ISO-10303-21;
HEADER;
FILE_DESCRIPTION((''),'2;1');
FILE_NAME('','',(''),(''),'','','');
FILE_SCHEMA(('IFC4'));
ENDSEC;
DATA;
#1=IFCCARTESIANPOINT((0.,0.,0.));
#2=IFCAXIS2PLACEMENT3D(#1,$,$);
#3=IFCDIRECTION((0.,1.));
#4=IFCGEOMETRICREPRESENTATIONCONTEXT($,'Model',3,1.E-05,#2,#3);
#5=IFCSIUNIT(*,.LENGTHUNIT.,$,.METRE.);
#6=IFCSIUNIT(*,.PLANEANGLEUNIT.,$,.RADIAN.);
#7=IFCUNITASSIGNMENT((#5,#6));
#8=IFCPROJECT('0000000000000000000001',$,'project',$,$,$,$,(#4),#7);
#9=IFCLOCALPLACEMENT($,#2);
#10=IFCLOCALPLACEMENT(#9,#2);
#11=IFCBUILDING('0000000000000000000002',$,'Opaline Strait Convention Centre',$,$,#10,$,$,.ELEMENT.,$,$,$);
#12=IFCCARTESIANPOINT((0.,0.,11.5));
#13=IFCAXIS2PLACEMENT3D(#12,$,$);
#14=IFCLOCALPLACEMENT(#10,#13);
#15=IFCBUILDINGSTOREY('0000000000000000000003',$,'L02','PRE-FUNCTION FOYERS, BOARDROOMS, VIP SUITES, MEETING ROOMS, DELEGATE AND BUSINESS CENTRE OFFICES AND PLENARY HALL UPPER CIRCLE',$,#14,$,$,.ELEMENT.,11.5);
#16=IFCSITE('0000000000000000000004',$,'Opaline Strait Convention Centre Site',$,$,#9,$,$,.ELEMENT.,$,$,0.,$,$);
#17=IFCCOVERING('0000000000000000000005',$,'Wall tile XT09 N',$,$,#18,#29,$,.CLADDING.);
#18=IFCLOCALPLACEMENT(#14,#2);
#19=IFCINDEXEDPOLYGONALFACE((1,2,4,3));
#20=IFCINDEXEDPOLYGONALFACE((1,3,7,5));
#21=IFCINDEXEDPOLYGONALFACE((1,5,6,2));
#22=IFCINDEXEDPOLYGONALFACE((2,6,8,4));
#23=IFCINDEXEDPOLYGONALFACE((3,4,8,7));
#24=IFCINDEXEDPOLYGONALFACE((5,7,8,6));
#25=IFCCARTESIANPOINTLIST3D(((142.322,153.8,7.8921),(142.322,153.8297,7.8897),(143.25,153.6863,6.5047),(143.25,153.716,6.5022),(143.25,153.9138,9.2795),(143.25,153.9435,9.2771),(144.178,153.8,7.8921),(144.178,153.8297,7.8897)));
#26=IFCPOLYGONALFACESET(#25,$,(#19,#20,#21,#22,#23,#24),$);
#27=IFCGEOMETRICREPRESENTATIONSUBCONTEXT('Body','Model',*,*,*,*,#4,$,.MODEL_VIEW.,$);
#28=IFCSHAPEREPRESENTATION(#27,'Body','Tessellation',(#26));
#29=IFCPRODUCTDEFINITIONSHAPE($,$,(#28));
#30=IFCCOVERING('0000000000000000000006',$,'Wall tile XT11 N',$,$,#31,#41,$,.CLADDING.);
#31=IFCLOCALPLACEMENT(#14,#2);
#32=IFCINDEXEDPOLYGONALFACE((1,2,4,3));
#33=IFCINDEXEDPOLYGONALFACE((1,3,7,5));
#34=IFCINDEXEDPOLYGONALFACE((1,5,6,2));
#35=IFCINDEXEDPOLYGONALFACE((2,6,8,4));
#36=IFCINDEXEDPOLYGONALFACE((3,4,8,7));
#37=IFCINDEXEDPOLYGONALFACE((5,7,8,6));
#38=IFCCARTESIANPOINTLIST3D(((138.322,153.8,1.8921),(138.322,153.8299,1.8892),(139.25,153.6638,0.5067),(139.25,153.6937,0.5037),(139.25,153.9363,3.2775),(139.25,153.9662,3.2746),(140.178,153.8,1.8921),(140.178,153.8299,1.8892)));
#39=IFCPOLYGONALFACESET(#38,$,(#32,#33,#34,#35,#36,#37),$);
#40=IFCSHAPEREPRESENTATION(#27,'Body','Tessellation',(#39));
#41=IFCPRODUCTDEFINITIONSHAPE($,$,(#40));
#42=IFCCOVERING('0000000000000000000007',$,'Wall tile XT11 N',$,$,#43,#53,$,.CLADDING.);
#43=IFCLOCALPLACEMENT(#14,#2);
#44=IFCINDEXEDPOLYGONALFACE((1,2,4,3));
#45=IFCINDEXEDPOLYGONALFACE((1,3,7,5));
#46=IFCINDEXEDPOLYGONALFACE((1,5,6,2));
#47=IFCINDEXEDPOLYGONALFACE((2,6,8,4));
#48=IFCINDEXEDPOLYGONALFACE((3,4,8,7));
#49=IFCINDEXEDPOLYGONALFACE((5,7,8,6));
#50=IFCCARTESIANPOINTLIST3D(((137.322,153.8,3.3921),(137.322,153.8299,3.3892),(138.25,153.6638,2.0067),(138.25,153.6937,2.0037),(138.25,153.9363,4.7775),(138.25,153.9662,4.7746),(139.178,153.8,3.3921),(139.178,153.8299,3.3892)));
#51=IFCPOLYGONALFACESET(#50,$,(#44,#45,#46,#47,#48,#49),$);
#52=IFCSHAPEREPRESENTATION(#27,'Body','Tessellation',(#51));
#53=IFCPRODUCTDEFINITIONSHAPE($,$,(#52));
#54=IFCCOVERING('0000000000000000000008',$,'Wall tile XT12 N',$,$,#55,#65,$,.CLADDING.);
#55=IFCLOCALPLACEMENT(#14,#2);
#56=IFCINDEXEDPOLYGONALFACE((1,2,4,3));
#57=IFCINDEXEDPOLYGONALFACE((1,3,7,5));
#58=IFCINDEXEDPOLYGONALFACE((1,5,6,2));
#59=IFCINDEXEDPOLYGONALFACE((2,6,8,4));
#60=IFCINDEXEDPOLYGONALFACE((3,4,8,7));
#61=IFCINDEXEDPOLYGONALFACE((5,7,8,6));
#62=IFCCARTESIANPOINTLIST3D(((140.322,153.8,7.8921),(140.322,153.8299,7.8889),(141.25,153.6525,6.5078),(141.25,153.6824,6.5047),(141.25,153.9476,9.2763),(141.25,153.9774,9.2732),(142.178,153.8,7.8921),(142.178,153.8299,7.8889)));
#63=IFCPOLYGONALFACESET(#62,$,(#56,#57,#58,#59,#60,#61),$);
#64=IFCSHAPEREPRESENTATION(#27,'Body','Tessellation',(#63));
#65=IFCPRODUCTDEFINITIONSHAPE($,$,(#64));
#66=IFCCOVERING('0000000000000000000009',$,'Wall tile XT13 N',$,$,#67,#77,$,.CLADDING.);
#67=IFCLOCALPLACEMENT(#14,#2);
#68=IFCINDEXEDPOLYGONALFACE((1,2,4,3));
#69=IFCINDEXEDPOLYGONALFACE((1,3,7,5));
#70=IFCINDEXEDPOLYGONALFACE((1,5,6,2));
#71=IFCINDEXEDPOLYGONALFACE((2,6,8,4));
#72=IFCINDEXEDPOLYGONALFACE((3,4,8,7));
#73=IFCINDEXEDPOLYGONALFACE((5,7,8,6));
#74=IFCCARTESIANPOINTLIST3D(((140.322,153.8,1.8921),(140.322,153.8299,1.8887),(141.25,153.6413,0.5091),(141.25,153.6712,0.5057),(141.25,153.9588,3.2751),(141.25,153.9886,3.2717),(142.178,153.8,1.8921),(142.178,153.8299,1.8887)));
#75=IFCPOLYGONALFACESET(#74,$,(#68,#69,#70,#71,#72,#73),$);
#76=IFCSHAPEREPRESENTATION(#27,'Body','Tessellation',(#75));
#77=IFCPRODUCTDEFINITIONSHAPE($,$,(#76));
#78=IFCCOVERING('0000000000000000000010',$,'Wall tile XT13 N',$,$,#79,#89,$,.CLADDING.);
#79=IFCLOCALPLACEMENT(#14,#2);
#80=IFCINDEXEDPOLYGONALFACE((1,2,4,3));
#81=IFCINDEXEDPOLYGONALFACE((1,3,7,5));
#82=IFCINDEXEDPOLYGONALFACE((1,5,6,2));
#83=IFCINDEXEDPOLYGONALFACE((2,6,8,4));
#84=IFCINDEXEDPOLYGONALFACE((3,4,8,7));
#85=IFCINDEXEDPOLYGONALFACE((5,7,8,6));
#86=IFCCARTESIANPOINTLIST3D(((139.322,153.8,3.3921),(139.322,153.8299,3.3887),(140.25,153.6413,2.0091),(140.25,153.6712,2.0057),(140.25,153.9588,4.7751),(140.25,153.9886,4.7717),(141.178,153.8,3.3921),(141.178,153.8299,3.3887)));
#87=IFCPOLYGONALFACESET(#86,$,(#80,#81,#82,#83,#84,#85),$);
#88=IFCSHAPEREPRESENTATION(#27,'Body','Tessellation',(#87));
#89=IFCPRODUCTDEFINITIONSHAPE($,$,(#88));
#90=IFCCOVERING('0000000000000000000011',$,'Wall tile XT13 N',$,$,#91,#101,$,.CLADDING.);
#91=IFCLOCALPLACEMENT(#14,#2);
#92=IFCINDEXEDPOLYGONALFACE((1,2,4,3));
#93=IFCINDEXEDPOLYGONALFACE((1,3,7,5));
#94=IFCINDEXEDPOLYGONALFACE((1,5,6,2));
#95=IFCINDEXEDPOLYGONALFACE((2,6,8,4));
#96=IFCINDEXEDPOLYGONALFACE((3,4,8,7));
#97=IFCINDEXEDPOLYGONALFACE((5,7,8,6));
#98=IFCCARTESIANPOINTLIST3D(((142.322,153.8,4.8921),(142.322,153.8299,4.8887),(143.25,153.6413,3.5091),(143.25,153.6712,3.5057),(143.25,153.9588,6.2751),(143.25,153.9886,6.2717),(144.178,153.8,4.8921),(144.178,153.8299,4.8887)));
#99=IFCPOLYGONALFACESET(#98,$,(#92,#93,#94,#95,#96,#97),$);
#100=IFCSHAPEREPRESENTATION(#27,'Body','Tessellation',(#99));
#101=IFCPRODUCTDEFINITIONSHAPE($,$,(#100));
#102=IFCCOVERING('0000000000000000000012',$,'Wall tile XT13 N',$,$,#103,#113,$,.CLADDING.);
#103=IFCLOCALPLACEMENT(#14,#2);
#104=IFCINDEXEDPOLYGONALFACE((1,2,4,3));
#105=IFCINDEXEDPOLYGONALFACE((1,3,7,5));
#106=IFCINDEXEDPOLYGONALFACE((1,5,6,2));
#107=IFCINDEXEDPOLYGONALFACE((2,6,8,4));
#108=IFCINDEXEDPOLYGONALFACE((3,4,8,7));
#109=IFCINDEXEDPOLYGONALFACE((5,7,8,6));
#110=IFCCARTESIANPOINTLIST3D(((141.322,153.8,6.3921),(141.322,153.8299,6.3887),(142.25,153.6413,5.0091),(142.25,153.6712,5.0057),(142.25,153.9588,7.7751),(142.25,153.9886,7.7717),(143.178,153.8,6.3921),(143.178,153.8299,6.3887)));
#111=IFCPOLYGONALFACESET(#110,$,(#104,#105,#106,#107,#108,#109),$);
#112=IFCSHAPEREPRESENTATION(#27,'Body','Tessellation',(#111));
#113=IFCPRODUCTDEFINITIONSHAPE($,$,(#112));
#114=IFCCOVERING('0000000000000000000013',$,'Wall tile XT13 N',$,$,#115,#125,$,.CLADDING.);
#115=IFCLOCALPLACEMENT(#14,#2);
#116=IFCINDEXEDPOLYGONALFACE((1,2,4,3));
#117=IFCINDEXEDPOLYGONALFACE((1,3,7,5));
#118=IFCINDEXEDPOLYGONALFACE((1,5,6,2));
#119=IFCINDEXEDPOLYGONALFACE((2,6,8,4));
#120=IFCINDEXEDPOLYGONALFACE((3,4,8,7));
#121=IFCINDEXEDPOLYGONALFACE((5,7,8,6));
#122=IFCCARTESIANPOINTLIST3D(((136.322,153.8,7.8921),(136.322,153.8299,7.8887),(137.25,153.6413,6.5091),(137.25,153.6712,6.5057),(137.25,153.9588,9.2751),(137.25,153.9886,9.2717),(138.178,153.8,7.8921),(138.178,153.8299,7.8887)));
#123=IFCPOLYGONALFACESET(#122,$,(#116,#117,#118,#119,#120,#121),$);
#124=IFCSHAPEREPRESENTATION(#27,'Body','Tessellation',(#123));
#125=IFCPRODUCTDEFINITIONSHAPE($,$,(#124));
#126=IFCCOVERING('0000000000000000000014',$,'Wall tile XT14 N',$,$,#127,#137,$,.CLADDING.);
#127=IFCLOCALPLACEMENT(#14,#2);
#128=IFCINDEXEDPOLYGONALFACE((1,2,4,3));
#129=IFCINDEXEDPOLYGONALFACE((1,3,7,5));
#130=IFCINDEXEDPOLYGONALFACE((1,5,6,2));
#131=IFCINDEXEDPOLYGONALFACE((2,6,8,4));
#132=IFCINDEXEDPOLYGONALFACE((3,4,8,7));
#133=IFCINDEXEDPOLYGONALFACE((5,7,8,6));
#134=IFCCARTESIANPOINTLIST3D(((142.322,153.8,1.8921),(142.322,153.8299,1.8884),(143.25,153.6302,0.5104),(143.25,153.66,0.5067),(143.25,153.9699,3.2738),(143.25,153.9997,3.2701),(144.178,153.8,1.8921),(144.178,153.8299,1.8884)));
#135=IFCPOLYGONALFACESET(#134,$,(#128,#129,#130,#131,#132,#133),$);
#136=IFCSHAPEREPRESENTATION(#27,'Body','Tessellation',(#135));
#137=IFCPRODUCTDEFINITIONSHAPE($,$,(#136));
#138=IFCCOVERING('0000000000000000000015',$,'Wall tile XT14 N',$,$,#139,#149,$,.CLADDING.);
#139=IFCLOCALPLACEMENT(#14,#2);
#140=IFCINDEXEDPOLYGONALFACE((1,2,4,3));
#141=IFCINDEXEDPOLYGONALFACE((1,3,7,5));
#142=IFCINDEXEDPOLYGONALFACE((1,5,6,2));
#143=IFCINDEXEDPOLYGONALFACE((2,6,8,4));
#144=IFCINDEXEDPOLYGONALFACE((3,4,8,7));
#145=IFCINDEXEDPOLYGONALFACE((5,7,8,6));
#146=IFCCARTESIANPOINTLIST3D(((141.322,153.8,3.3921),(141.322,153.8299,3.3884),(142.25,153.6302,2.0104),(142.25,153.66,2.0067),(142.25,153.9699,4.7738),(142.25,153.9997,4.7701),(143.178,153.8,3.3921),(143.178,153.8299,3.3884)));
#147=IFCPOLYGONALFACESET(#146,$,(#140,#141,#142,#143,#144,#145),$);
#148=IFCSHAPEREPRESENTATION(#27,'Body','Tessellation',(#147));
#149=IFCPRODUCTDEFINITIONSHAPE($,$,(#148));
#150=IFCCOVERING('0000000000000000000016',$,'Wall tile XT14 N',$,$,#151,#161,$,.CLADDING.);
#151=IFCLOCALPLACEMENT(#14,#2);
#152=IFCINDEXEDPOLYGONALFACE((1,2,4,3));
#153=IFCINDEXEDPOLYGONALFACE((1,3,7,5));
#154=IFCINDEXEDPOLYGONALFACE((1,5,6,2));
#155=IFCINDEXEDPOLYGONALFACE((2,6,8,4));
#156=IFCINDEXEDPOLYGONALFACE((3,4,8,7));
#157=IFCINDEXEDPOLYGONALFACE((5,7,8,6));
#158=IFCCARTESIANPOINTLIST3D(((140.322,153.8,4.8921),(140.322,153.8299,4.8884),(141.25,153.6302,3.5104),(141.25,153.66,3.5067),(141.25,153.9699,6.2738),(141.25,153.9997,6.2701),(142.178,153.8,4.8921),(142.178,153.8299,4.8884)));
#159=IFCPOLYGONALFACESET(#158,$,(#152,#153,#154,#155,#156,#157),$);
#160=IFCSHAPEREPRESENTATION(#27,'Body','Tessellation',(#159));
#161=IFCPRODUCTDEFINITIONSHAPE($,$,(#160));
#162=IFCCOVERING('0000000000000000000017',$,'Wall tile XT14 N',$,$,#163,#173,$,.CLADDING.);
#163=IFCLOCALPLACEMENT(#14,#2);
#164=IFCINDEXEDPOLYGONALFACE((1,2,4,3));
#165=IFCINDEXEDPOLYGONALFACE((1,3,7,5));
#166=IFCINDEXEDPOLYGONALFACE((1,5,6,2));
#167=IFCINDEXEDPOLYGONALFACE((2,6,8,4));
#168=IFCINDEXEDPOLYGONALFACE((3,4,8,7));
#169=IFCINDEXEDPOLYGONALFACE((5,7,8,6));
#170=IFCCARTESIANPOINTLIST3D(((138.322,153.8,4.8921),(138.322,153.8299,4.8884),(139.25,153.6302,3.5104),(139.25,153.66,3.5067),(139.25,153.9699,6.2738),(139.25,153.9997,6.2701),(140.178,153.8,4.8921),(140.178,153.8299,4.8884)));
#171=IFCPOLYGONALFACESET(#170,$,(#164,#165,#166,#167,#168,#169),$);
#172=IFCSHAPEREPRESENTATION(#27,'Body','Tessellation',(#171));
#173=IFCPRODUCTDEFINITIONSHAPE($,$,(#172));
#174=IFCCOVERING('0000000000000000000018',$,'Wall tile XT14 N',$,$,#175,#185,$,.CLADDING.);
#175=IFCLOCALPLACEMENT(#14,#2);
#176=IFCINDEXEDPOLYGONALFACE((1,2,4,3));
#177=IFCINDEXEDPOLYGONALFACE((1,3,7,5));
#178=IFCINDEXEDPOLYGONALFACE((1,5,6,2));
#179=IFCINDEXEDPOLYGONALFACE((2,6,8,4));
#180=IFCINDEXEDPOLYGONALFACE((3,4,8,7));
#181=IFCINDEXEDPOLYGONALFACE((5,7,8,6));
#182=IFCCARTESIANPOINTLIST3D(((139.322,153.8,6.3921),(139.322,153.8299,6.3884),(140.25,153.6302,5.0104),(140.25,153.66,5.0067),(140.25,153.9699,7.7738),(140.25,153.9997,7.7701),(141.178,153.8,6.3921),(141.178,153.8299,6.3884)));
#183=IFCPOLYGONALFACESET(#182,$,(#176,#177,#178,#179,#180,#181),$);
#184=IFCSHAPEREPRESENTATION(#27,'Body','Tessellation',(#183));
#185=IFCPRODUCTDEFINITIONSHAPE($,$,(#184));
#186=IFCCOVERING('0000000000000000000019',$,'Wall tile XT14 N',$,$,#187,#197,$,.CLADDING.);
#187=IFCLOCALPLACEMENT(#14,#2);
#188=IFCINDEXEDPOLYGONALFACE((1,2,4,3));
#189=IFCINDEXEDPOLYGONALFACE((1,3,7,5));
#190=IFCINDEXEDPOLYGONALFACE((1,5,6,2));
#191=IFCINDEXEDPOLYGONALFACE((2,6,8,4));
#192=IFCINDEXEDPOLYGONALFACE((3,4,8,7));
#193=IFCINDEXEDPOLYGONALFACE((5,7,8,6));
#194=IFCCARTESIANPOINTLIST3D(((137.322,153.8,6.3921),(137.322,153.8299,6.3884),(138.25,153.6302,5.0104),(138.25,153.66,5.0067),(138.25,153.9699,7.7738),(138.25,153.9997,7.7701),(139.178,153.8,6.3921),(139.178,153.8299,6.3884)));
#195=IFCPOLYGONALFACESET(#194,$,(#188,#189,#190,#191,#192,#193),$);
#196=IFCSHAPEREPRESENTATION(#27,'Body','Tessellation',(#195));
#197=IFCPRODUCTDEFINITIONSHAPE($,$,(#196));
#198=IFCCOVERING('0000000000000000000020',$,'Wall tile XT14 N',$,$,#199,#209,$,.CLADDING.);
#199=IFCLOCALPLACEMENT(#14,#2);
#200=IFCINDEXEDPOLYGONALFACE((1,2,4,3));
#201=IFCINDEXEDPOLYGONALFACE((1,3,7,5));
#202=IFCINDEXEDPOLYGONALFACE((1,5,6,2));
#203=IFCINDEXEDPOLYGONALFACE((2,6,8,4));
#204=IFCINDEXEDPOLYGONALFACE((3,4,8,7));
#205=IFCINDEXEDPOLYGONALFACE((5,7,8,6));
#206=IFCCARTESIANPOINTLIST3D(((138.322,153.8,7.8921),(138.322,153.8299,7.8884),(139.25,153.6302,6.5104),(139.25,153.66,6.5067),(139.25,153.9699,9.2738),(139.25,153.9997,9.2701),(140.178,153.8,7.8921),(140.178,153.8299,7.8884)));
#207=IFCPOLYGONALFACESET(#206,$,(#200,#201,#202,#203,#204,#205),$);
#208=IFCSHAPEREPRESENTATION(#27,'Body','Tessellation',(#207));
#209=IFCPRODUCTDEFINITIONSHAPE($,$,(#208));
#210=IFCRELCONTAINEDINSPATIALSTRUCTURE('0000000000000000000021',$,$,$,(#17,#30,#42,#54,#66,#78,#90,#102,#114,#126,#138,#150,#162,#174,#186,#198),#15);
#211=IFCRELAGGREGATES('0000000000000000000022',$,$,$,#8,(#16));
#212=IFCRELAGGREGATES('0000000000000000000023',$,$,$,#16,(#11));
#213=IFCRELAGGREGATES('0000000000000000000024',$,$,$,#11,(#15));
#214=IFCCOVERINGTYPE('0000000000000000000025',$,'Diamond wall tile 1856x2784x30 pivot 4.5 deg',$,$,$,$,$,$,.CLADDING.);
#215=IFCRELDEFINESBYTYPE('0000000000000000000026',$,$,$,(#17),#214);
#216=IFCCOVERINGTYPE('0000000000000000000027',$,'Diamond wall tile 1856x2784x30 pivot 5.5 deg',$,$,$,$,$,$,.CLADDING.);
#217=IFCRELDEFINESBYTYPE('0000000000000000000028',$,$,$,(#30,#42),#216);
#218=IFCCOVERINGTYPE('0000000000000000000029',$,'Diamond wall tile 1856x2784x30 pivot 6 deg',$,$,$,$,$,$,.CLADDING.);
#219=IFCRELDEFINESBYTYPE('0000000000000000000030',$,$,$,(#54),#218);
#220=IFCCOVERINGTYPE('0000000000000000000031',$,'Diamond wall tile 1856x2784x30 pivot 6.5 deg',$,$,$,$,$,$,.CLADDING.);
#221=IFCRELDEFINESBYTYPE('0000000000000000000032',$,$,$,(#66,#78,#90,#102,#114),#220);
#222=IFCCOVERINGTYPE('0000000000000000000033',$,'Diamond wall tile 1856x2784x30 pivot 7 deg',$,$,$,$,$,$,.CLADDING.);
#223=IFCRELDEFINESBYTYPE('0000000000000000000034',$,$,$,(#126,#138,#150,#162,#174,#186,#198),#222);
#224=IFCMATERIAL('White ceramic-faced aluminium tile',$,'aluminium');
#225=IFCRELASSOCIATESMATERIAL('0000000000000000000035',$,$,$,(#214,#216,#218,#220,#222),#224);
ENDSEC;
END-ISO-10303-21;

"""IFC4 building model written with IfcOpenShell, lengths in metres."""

from ifc_helpers import new_model, si_unit, direction, frame, origin, place, context, subcontext, project, spatial, polyline, outline, extrude, material, material_profile, profile_set, type_object, element, save


model = new_model("IFC4")

# Units and contexts
model_context = context("Model", 3, precision=1e-05, world=origin(), true_north=direction((0.0, 1.0)))
body_context = subcontext(model_context, "Body", "Model", "MODEL_VIEW")
ifc_project = project(units=[si_unit("LENGTHUNIT", "METRE"), si_unit("PLANEANGLEUNIT", "RADIAN")], contexts=[model_context])

# Site, building, storey
site_placement = place(None, origin())
site = spatial("IfcSite", under=ifc_project, at=site_placement, Name="Opaline Strait Convention Centre Site", CompositionType="ELEMENT", RefElevation=0.0)
building_placement = place(site_placement, origin())
building = spatial("IfcBuilding", under=site, at=building_placement, Name="Opaline Strait Convention Centre", CompositionType="ELEMENT")
storey_placement = place(building_placement, frame((0.0, 0.0, 11.5)))
storey = spatial("IfcBuildingStorey", under=building, at=storey_placement, Name="L02", Description="PRE-FUNCTION FOYERS, BOARDROOMS, VIP SUITES, MEETING ROOMS, DELEGATE AND BUSINESS CENTRE OFFICES AND PLENARY HALL UPPER CIRCLE", CompositionType="ELEMENT", Elevation=11.5)

# Coverings
ifc_material_1 = material(Name="White ceramic-faced aluminium tile", Category="aluminium")
ifc_material_profile_1 = material_profile(ifc_material_1, outline(polyline([(0.928, 0.0), (0.0, 1.3921), (-0.928, 0.0), (0.0, -1.3921), (0.928, 0.0)])), Name="Diamond tile 1856x2784")
ifc_profile_set_1 = profile_set([ifc_material_profile_1], Name="White ceramic-faced aluminium tile")
covering_type_1 = type_object("IfcCoveringType", Name="Diamond wall tile 1856x2784x30 pivot 4.5 deg", PredefinedType="CLADDING", material=ifc_profile_set_1)
covering_1_placement = place(storey_placement, frame((143.25, 153.8, 7.8921), z_axis=(0.0, 0.996658, -0.081693), x_axis=(-1.0, 0.0, 0.0)))
element("IfcCovering", 1, at=covering_1_placement, inside=storey, type_object=covering_type_1, Name="Wall tile XT09 N", PredefinedType="CLADDING", context=body_context, shape_type="SweptSolid", body=[
    extrude(outline(polyline([(0.928, 0.0), (0.0, 1.3921), (-0.928, 0.0), (0.0, -1.3921), (0.928, 0.0)])), origin(), (0.0, 0.0, 1.0), 0.0298),
])
ifc_material_profile_2 = material_profile(ifc_material_1, outline(polyline([(0.928, 0.0), (0.0, 1.3921), (-0.928, 0.0), (0.0, -1.3921), (0.928, 0.0)])), Name="Diamond tile 1856x2784")
ifc_profile_set_2 = profile_set([ifc_material_profile_2], Name="White ceramic-faced aluminium tile")
covering_type_2 = type_object("IfcCoveringType", Name="Diamond wall tile 1856x2784x30 pivot 5.5 deg", PredefinedType="CLADDING", material=ifc_profile_set_2)
for number, where, z_axis, x_axis, name in (
    (2, (139.25, 153.8, 1.8921), (0.0, 0.995197, -0.097888), (-1.0, 0.0, 0.0), "Wall tile XT11 N"),
    (3, (138.25, 153.8, 3.3921), (0.0, 0.995197, -0.097888), (-1.0, 0.0, 0.0), "Wall tile XT11 N"),
):
    element("IfcCovering", number, at=place(storey_placement, frame(where, z_axis=z_axis, x_axis=x_axis)), inside=storey, type_object=covering_type_2, Name=name, PredefinedType="CLADDING", context=body_context, shape_type="SweptSolid", body=[
        extrude(outline(polyline([(0.928, 0.0), (0.0, 1.3921), (-0.928, 0.0), (0.0, -1.3921), (0.928, 0.0)])), origin(), (0.0, 0.0, 1.0), 0.03),
    ])
ifc_material_profile_3 = material_profile(ifc_material_1, outline(polyline([(0.928, 0.0), (0.0, 1.3921), (-0.928, 0.0), (0.0, -1.3921), (0.928, 0.0)])), Name="Diamond tile 1856x2784")
ifc_profile_set_3 = profile_set([ifc_material_profile_3], Name="White ceramic-faced aluminium tile")
covering_type_3 = type_object("IfcCoveringType", Name="Diamond wall tile 1856x2784x30 pivot 6 deg", PredefinedType="CLADDING", material=ifc_profile_set_3)
covering_2_placement = place(storey_placement, frame((141.25, 153.8, 7.8921), z_axis=(0.0, 0.994371, -0.105958), x_axis=(-1.0, 0.0, 0.0)))
element("IfcCovering", 4, at=covering_2_placement, inside=storey, type_object=covering_type_3, Name="Wall tile XT12 N", PredefinedType="CLADDING", context=body_context, shape_type="SweptSolid", body=[
    extrude(outline(polyline([(0.928, 0.0), (0.0, 1.3921), (-0.928, 0.0), (0.0, -1.3921), (0.928, 0.0)])), origin(), (0.0, 0.0, 1.0), 0.03),
])
ifc_material_profile_4 = material_profile(ifc_material_1, outline(polyline([(0.928, 0.0), (0.0, 1.3921), (-0.928, 0.0), (0.0, -1.3921), (0.928, 0.0)])), Name="Diamond tile 1856x2784")
ifc_profile_set_4 = profile_set([ifc_material_profile_4], Name="White ceramic-faced aluminium tile")
covering_type_4 = type_object("IfcCoveringType", Name="Diamond wall tile 1856x2784x30 pivot 6.5 deg", PredefinedType="CLADDING", material=ifc_profile_set_4)
for number, where, z_axis, x_axis, name in (
    (5, (141.25, 153.8, 1.8921), (0.0, 0.99348, -0.114006), (-1.0, 0.0, 0.0), "Wall tile XT13 N"),
    (6, (140.25, 153.8, 3.3921), (0.0, 0.99348, -0.114006), (-1.0, 0.0, 0.0), "Wall tile XT13 N"),
    (7, (143.25, 153.8, 4.8921), (0.0, 0.99348, -0.114006), (-1.0, 0.0, 0.0), "Wall tile XT13 N"),
    (8, (142.25, 153.8, 6.3921), (0.0, 0.99348, -0.114006), (-1.0, 0.0, 0.0), "Wall tile XT13 N"),
    (9, (137.25, 153.8, 7.8921), (0.0, 0.99348, -0.114006), (-1.0, 0.0, 0.0), "Wall tile XT13 N"),
):
    element("IfcCovering", number, at=place(storey_placement, frame(where, z_axis=z_axis, x_axis=x_axis)), inside=storey, type_object=covering_type_4, Name=name, PredefinedType="CLADDING", context=body_context, shape_type="SweptSolid", body=[
        extrude(outline(polyline([(0.928, 0.0), (0.0, 1.3921), (-0.928, 0.0), (0.0, -1.3921), (0.928, 0.0)])), origin(), (0.0, 0.0, 1.0), 0.03),
    ])
ifc_material_profile_5 = material_profile(ifc_material_1, outline(polyline([(0.928, 0.0), (0.0, 1.3921), (-0.928, 0.0), (0.0, -1.3921), (0.928, 0.0)])), Name="Diamond tile 1856x2784")
ifc_profile_set_5 = profile_set([ifc_material_profile_5], Name="White ceramic-faced aluminium tile")
covering_type_5 = type_object("IfcCoveringType", Name="Diamond wall tile 1856x2784x30 pivot 7 deg", PredefinedType="CLADDING", material=ifc_profile_set_5)
for number, where, z_axis, x_axis, name in (
    (10, (143.25, 153.8, 1.8921), (0.0, 0.992526, -0.122032), (-1.0, 0.0, 0.0), "Wall tile XT14 N"),
    (11, (142.25, 153.8, 3.3921), (0.0, 0.992526, -0.122032), (-1.0, 0.0, 0.0), "Wall tile XT14 N"),
    (12, (141.25, 153.8, 4.8921), (0.0, 0.992526, -0.122032), (-1.0, 0.0, 0.0), "Wall tile XT14 N"),
    (13, (139.25, 153.8, 4.8921), (0.0, 0.992526, -0.122032), (-1.0, 0.0, 0.0), "Wall tile XT14 N"),
    (14, (140.25, 153.8, 6.3921), (0.0, 0.992526, -0.122032), (-1.0, 0.0, 0.0), "Wall tile XT14 N"),
    (15, (138.25, 153.8, 6.3921), (0.0, 0.992526, -0.122032), (-1.0, 0.0, 0.0), "Wall tile XT14 N"),
    (16, (139.25, 153.8, 7.8921), (0.0, 0.992526, -0.122032), (-1.0, 0.0, 0.0), "Wall tile XT14 N"),
):
    element("IfcCovering", number, at=place(storey_placement, frame(where, z_axis=z_axis, x_axis=x_axis)), inside=storey, type_object=covering_type_5, Name=name, PredefinedType="CLADDING", context=body_context, shape_type="SweptSolid", body=[
        extrude(outline(polyline([(0.928, 0.0), (0.0, 1.3921), (-0.928, 0.0), (0.0, -1.3921), (0.928, 0.0)])), origin(), (0.0, 0.0, 1.0), 0.03),
    ])

save(model, "model.ifc")
